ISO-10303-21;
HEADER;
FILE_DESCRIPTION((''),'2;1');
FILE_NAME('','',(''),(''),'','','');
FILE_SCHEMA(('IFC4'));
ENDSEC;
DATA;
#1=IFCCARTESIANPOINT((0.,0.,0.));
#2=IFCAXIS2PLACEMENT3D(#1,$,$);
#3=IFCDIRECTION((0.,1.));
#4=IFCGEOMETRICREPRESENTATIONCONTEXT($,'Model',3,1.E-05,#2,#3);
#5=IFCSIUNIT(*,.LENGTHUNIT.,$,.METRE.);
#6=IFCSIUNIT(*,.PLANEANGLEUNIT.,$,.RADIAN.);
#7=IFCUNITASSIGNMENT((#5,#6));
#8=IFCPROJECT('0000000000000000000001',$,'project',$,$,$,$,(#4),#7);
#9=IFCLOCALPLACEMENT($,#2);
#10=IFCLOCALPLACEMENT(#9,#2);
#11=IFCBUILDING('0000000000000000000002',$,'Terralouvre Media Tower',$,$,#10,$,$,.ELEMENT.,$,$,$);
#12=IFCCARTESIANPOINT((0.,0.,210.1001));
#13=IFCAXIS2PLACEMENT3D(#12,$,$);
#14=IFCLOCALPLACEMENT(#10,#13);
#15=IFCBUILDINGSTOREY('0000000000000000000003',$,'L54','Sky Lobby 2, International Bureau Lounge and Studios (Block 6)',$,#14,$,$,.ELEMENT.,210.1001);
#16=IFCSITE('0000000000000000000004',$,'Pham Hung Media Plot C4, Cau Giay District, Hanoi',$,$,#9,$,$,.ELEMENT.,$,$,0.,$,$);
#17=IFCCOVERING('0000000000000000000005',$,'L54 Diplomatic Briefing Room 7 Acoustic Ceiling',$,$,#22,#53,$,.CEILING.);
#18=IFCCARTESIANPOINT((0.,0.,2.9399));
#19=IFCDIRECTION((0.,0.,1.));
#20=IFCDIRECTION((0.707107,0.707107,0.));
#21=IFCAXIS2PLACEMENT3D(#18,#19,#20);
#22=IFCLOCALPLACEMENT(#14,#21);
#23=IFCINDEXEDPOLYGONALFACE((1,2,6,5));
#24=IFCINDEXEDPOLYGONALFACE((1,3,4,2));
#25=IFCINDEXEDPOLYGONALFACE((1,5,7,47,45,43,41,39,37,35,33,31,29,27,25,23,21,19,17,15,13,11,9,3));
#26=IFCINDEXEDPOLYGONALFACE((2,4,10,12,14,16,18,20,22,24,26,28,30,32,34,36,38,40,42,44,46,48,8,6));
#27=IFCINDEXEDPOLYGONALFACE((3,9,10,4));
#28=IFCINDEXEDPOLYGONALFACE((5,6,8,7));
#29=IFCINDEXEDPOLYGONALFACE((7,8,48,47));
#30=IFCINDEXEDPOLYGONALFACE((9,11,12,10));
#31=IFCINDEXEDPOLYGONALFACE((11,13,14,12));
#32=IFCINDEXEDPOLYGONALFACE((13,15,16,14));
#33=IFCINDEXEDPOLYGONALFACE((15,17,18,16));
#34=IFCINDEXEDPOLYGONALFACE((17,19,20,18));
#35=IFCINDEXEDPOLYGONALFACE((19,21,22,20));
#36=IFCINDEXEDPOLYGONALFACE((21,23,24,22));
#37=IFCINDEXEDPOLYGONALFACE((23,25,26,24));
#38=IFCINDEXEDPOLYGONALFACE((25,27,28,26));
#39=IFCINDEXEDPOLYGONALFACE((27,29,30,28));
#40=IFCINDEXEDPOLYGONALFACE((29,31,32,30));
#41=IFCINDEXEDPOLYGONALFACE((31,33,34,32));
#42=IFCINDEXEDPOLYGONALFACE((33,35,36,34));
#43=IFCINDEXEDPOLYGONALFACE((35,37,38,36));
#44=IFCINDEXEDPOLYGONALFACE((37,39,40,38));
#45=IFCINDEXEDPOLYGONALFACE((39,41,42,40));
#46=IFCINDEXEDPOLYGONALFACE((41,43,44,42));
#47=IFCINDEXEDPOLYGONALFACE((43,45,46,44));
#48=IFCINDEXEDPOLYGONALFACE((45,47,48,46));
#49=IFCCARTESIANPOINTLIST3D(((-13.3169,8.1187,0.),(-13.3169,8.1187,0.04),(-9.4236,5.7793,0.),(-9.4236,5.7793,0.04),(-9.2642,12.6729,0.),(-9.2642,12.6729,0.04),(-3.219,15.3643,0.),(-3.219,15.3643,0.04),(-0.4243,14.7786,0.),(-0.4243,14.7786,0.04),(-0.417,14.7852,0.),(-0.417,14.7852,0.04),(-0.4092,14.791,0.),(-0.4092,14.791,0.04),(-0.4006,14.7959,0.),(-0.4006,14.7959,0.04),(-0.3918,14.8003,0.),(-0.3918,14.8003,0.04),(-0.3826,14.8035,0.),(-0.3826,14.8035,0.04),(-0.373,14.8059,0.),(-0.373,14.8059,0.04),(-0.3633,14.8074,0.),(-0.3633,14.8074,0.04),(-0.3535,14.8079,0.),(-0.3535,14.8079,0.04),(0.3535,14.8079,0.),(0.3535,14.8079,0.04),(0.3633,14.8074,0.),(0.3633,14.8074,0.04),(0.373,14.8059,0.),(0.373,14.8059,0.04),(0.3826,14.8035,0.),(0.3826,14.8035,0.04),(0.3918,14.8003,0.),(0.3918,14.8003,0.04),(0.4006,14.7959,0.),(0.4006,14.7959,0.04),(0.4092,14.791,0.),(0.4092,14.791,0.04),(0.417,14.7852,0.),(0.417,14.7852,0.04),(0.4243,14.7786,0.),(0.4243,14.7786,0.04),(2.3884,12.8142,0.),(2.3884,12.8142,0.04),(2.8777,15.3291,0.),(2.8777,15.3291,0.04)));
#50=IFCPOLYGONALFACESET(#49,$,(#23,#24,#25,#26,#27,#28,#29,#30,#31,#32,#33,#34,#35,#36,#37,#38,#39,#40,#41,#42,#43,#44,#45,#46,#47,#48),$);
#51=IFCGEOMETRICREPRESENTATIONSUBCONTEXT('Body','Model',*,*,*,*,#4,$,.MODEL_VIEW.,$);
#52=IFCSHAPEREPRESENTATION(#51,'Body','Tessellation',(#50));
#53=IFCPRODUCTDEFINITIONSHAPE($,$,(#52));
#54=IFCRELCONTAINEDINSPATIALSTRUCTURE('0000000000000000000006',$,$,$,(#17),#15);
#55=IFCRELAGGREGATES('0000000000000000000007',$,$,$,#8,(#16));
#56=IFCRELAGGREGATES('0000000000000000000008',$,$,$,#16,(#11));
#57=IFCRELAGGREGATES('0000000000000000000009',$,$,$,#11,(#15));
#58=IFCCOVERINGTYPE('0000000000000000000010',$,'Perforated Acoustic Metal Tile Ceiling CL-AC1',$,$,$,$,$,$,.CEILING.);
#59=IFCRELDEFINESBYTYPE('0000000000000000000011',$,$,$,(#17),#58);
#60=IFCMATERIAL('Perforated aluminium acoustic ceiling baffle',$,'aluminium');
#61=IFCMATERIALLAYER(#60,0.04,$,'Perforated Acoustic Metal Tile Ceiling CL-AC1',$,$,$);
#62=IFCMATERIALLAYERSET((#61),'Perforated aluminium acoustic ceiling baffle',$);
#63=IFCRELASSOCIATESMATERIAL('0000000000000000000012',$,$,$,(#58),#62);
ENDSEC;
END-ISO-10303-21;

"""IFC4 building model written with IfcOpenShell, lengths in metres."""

from ifc_helpers import new_model, si_unit, direction, frame, origin, place, context, subcontext, project, spatial, polyline, outline, extrude, material, layer, layer_set, type_object, element, save


model = new_model("IFC4")

# Units and contexts
model_context = context("Model", 3, precision=1e-05, world=origin(), true_north=direction((0.0, 1.0)))
body_context = subcontext(model_context, "Body", "Model", "MODEL_VIEW")
ifc_project = project(units=[si_unit("LENGTHUNIT", "METRE"), si_unit("PLANEANGLEUNIT", "RADIAN")], contexts=[model_context])

# Site, building, storey
site_placement = place(None, origin())
site = spatial("IfcSite", under=ifc_project, at=site_placement, Name="Pham Hung Media Plot C4, Cau Giay District, Hanoi", CompositionType="ELEMENT", RefElevation=0.0)
building_placement = place(site_placement, origin())
building = spatial("IfcBuilding", under=site, at=building_placement, Name="Terralouvre Media Tower", CompositionType="ELEMENT")
storey_placement = place(building_placement, frame((0.0, 0.0, 210.1001)))
storey = spatial("IfcBuildingStorey", under=building, at=storey_placement, Name="L54", Description="Sky Lobby 2, International Bureau Lounge and Studios (Block 6)", CompositionType="ELEMENT", Elevation=210.1001)

# Covering
ifc_material_1 = material(Name="Perforated aluminium acoustic ceiling baffle", Category="aluminium")
ifc_layer_1 = layer(ifc_material_1, 0.04, Name="Perforated Acoustic Metal Tile Ceiling CL-AC1")
ifc_layer_set_1 = layer_set([ifc_layer_1], Name="Perforated aluminium acoustic ceiling baffle")
covering_type = type_object("IfcCoveringType", Name="Perforated Acoustic Metal Tile Ceiling CL-AC1", PredefinedType="CEILING", material=ifc_layer_set_1)
covering_placement = place(storey_placement, frame((0.0, 0.0, 2.9399), z_axis=(0.0, 0.0, 1.0), x_axis=(0.707107, 0.707107, 0.0)))
element("IfcCovering", 1, at=covering_placement, inside=storey, type_object=covering_type, Name="L54 Diplomatic Briefing Room 7 Acoustic Ceiling", PredefinedType="CEILING", context=body_context, shape_type="SweptSolid", body=[
    extrude(outline(polyline([(-3.219, 15.3643), (-9.2642, 12.6729), (-13.3169, 8.1187), (-9.4236, 5.7793), (-0.4243, 14.7786), (-0.417, 14.7852), (-0.4092, 14.791), (-0.4006, 14.7959), (-0.3918, 14.8003), (-0.3826, 14.8035), (-0.373, 14.8059), (-0.3633, 14.8074), (-0.3535, 14.8079), (0.3535, 14.8079), (0.3633, 14.8074), (0.373, 14.8059), (0.3826, 14.8035), (0.3918, 14.8003), (0.4006, 14.7959), (0.4092, 14.791), (0.417, 14.7852), (0.4243, 14.7786), (2.3884, 12.8142), (2.8777, 15.3291), (-3.219, 15.3643)])), origin(), (0.0, 0.0, 1.0), 0.04),
])

save(model, "model.ifc")
